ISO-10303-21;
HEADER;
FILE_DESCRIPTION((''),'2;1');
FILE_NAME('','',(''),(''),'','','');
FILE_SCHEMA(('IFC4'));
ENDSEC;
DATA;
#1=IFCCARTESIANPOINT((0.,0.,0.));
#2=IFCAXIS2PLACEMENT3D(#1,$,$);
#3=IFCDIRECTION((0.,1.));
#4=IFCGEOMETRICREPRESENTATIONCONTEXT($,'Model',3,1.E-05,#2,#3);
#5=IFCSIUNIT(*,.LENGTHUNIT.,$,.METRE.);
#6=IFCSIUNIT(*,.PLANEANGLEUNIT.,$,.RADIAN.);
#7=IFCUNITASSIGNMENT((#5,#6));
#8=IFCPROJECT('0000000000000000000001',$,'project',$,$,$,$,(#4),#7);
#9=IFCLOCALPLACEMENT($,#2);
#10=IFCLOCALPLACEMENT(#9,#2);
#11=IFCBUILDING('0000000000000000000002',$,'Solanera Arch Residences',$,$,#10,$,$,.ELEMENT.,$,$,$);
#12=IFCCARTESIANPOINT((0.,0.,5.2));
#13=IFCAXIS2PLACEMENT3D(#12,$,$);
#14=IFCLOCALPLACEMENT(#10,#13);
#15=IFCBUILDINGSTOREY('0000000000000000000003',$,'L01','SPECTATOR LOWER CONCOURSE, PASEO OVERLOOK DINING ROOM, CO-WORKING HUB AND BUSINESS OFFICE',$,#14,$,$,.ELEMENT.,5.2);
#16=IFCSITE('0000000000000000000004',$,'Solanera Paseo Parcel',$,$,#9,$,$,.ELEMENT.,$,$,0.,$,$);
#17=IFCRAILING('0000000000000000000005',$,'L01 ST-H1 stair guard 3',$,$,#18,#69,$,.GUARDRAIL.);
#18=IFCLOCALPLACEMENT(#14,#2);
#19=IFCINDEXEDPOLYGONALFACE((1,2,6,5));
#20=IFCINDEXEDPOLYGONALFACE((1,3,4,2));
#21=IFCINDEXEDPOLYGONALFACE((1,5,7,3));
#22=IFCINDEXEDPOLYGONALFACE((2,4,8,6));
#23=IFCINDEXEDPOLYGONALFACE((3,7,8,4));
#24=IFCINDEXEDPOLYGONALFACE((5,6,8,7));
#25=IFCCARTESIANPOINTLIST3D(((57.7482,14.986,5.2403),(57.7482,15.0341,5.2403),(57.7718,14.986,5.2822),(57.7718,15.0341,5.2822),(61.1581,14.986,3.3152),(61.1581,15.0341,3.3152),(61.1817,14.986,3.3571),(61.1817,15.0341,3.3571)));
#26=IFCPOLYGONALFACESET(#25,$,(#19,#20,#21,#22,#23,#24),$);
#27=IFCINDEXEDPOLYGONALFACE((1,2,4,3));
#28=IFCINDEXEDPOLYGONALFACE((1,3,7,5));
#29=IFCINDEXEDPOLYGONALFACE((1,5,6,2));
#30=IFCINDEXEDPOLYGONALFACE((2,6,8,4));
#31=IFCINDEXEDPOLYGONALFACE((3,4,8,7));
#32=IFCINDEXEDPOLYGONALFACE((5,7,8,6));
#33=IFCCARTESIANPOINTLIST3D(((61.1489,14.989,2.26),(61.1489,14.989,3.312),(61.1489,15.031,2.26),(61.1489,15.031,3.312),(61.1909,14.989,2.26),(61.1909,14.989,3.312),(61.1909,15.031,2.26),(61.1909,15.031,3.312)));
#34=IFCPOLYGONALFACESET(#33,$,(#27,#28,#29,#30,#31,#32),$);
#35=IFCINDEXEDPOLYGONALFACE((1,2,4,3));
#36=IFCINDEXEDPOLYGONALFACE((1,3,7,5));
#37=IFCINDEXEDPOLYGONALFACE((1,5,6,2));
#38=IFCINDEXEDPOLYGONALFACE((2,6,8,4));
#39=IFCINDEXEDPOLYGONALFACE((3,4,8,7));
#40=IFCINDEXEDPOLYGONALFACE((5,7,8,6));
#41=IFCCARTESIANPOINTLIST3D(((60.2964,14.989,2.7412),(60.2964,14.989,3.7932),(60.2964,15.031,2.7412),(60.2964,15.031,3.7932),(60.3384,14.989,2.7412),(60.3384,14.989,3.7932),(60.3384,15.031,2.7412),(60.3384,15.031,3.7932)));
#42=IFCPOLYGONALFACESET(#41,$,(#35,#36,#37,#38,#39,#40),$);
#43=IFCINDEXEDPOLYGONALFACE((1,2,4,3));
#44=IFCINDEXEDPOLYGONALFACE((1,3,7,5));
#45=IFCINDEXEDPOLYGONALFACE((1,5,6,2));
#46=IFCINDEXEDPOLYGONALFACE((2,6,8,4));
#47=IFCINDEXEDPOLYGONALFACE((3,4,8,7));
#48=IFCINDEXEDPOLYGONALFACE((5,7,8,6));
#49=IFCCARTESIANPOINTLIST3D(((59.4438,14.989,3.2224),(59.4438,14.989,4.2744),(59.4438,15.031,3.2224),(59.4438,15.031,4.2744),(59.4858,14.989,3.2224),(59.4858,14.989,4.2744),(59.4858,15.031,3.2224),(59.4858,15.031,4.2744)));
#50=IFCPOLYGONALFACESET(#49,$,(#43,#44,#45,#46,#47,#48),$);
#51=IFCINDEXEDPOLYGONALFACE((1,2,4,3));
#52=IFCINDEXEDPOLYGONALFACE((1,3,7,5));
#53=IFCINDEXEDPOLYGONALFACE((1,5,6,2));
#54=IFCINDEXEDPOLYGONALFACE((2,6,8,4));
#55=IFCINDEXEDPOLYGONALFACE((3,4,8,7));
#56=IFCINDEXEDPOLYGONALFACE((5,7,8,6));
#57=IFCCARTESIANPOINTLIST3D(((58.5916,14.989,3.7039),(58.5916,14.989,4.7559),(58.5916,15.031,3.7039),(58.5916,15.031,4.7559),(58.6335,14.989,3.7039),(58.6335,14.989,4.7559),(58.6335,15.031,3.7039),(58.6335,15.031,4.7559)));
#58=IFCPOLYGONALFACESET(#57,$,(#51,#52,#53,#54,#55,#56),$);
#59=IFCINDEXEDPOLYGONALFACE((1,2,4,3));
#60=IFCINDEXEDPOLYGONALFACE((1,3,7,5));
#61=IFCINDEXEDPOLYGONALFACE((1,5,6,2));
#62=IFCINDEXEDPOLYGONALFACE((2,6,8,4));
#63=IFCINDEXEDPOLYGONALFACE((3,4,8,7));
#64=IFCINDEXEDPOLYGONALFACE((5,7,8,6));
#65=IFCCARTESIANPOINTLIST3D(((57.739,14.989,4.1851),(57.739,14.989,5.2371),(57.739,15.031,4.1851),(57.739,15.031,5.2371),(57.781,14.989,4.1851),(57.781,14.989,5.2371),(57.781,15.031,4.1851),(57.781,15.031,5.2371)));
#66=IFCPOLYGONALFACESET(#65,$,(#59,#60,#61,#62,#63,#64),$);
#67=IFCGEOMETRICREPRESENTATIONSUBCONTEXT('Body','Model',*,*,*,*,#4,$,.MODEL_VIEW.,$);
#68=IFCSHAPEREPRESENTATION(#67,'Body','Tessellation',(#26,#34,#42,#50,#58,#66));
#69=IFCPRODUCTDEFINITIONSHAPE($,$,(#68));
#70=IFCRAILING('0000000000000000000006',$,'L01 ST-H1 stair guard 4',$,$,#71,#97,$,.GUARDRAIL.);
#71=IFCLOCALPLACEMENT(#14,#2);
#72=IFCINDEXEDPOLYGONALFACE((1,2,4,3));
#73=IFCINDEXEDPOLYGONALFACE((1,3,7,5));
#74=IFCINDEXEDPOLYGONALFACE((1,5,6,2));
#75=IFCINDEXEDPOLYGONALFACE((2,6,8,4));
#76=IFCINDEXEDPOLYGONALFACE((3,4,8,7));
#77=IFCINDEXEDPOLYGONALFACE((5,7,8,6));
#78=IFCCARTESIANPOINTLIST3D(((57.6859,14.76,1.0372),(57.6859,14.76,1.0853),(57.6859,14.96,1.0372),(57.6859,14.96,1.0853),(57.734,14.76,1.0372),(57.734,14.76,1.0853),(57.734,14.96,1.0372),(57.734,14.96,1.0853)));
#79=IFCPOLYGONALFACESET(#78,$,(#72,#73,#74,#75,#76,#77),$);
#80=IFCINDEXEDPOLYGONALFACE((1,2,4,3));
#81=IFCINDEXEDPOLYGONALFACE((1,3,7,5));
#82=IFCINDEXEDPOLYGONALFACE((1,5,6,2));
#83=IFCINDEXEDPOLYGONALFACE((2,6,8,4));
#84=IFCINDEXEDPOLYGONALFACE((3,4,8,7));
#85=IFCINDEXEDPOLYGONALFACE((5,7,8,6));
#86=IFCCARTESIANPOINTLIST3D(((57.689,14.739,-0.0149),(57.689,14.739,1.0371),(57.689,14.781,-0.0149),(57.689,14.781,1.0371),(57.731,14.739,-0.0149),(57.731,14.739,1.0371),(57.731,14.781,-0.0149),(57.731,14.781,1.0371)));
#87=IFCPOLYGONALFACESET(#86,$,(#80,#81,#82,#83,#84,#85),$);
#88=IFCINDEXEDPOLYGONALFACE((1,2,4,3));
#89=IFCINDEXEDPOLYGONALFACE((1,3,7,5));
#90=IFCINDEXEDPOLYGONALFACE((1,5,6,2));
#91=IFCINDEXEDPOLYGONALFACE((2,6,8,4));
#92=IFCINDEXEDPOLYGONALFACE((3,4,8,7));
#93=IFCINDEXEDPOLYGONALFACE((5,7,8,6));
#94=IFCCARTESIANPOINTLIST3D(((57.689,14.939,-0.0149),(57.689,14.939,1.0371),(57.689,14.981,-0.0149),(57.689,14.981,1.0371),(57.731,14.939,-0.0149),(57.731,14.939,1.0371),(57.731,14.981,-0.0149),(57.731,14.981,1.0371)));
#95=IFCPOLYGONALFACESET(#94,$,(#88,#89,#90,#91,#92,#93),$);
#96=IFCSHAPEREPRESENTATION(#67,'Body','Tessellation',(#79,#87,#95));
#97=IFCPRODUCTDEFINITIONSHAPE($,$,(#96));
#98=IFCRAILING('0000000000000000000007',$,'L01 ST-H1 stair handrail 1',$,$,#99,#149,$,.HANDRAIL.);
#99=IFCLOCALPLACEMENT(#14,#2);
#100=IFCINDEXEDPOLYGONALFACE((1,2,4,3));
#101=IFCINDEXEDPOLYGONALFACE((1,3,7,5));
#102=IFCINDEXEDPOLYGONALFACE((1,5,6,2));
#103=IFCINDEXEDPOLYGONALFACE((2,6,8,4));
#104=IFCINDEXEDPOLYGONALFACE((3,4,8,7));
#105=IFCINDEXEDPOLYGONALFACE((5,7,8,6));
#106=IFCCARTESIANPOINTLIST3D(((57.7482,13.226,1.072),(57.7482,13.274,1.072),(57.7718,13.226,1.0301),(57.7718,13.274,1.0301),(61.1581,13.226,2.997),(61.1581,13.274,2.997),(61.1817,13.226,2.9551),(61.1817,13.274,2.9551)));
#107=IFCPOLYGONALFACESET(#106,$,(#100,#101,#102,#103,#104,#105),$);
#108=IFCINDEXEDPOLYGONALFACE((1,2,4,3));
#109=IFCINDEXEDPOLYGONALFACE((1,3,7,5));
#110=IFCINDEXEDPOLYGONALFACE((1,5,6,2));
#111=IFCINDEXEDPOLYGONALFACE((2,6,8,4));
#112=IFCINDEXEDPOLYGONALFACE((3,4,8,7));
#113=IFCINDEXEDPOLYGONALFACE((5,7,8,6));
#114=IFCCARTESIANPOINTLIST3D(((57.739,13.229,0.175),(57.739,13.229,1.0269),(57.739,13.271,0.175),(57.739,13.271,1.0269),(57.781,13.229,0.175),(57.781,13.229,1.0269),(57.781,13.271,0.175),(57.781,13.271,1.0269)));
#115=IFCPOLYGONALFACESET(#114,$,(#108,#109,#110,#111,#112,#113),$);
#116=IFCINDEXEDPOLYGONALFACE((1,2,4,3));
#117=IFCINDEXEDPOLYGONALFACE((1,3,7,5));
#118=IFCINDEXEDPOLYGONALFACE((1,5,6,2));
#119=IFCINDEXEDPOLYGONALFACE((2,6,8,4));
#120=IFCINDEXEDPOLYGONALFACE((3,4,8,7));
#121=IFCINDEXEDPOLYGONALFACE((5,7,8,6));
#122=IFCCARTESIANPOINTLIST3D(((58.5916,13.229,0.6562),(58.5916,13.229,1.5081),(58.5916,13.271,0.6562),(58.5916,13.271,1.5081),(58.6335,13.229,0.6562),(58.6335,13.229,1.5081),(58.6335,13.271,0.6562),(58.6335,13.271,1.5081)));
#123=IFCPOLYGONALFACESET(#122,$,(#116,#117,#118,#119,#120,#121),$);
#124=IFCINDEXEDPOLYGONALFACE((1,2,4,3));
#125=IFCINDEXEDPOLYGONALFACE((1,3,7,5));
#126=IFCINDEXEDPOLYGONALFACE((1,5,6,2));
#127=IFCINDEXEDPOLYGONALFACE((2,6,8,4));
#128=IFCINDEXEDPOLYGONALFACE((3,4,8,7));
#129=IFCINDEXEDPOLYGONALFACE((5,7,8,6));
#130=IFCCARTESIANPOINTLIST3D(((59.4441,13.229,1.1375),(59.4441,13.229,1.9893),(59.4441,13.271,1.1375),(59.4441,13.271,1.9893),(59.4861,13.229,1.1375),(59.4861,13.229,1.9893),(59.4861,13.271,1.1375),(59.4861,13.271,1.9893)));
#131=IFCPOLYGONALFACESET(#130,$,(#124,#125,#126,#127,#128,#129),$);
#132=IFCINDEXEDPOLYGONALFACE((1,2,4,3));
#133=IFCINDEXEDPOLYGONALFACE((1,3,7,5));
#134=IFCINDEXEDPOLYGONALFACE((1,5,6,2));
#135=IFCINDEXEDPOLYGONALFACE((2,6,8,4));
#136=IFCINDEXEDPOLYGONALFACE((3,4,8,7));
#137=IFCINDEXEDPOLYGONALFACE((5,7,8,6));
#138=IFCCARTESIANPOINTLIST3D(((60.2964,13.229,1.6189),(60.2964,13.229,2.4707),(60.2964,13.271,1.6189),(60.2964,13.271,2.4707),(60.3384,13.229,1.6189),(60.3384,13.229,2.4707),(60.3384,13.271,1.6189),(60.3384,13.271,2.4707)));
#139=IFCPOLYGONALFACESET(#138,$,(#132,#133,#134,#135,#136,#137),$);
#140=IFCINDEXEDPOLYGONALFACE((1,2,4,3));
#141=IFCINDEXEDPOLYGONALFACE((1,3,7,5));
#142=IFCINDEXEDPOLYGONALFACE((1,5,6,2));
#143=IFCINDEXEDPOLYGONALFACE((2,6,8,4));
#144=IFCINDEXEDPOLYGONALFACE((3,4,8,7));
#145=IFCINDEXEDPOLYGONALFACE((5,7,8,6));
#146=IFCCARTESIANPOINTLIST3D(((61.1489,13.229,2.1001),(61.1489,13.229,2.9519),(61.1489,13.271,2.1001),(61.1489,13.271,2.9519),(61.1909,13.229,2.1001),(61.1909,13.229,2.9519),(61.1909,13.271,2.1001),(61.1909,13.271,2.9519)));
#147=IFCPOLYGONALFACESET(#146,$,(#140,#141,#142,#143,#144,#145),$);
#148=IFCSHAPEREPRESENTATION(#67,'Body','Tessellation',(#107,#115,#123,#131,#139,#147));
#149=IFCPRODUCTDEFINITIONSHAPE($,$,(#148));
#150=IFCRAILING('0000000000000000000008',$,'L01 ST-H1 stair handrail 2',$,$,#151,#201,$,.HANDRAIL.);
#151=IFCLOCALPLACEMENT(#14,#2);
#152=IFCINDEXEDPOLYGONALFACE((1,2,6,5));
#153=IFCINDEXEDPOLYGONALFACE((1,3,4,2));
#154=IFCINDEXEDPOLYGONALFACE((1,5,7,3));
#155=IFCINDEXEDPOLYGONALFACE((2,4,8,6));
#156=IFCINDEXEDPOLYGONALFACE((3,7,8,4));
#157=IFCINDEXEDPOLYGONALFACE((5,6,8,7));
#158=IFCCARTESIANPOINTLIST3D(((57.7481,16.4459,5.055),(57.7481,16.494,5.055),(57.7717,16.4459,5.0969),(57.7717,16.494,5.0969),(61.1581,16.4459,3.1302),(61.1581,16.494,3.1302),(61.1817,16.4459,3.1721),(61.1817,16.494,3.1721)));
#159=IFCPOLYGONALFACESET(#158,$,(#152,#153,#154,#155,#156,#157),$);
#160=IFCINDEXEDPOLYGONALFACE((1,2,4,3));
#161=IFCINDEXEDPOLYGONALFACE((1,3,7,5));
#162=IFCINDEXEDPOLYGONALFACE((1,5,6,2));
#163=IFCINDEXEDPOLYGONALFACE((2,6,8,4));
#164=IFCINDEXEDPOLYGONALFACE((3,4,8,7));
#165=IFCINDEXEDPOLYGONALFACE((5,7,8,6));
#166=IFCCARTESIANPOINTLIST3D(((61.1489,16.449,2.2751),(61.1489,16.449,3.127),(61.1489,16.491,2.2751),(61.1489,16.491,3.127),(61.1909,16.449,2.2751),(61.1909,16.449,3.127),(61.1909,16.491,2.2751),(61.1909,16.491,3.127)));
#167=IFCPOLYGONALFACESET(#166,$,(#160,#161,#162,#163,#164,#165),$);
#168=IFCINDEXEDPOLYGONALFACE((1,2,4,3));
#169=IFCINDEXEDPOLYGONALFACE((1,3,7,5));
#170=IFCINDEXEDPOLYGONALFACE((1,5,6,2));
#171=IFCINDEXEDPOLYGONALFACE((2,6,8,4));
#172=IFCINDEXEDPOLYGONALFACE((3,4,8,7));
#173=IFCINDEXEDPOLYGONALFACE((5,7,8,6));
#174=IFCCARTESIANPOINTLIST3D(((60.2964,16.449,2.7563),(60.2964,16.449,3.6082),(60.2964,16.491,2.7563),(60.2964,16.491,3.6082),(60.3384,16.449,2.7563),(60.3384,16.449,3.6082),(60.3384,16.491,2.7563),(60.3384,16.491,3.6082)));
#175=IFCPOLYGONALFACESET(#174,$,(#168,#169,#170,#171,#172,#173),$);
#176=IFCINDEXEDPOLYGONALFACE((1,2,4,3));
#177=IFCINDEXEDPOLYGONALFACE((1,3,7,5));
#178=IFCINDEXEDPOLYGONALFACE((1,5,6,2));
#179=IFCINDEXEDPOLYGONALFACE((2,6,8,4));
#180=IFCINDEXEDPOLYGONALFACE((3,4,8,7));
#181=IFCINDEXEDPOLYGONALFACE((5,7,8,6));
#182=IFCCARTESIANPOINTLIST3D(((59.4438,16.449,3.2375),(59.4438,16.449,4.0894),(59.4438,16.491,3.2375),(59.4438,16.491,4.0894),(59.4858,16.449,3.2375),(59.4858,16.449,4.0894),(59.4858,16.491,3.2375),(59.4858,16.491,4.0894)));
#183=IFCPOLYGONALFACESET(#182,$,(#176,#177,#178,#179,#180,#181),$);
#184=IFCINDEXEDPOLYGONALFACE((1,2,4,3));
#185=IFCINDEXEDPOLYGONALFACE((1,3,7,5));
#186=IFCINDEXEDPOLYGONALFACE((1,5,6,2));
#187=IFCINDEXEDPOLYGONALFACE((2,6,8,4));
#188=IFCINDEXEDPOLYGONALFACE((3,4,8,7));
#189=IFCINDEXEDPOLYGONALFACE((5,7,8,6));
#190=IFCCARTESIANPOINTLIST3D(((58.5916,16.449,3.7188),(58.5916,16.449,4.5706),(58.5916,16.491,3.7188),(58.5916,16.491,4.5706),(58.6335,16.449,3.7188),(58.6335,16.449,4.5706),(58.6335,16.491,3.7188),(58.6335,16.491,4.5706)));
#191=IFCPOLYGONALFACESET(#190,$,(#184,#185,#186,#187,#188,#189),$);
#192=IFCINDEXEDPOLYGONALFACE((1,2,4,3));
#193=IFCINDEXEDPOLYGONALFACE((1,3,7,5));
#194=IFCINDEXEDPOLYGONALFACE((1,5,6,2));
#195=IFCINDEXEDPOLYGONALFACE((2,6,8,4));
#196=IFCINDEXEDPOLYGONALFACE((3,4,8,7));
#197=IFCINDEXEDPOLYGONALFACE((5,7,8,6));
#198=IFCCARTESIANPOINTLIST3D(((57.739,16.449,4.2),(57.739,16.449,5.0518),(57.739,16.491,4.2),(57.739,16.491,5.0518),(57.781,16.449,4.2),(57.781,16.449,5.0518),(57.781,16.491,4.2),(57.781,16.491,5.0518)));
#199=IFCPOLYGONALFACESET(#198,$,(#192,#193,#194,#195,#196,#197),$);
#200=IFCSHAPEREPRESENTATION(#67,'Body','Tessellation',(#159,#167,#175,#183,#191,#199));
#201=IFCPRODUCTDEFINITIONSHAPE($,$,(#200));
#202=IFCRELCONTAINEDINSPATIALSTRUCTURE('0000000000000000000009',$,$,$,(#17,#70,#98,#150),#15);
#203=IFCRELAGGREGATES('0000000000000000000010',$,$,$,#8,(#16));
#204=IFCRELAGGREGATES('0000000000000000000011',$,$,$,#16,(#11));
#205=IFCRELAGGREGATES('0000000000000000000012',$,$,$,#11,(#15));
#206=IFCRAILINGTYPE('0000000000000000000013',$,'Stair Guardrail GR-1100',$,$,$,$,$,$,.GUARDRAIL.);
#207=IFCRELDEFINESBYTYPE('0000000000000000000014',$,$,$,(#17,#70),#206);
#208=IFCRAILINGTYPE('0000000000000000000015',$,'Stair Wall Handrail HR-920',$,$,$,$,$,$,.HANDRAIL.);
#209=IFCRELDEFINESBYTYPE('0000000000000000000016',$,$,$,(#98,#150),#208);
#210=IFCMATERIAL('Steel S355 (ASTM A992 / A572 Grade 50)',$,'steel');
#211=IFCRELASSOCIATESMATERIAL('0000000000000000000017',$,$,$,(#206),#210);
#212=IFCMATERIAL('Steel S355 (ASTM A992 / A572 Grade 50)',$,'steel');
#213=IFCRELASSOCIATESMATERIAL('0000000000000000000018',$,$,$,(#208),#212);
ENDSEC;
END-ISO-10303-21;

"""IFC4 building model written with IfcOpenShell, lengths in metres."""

from ifc_helpers import new_model, si_unit, direction, frame, origin, origin_2d, place, context, subcontext, project, spatial, rectangle, extrude, material, type_object, element, save


model = new_model("IFC4")

# Units and contexts
model_context = context("Model", 3, precision=1e-05, world=origin(), true_north=direction((0.0, 1.0)))
body_context = subcontext(model_context, "Body", "Model", "MODEL_VIEW")
ifc_project = project(units=[si_unit("LENGTHUNIT", "METRE"), si_unit("PLANEANGLEUNIT", "RADIAN")], contexts=[model_context])

# Site, building, storey
site_placement = place(None, origin())
site = spatial("IfcSite", under=ifc_project, at=site_placement, Name="Solanera Paseo Parcel", CompositionType="ELEMENT", RefElevation=0.0)
building_placement = place(site_placement, origin())
building = spatial("IfcBuilding", under=site, at=building_placement, Name="Solanera Arch Residences", CompositionType="ELEMENT")
storey_placement = place(building_placement, frame((0.0, 0.0, 5.2)))
storey = spatial("IfcBuildingStorey", under=building, at=storey_placement, Name="L01", Description="SPECTATOR LOWER CONCOURSE, PASEO OVERLOOK DINING ROOM, CO-WORKING HUB AND BUSINESS OFFICE", CompositionType="ELEMENT", Elevation=5.2)

# Railings
ifc_material_1 = material(Name="Steel S355 (ASTM A992 / A572 Grade 50)", Category="steel")
railing_type_1 = type_object("IfcRailingType", Name="Stair Guardrail GR-1100", PredefinedType="GUARDRAIL", material=ifc_material_1)
railing_1_placement = place(storey_placement, frame((61.1699, 15.01, 2.26)))
element("IfcRailing", 1, at=railing_1_placement, inside=storey, type_object=railing_type_1, Name="L01 ST-H1 stair guard 3", PredefinedType="GUARDRAIL", context=body_context, shape_type="SweptSolid", body=[
    extrude(rectangle(XDim=0.0481, YDim=0.0481, at=origin_2d()), frame((0.0, 0.0, 1.0762), z_axis=(-0.870814, 0.0, 0.491613), x_axis=(0.0, -1.0, 0.0)), (0.0, 0.0, 1.0), 3.9158),
    extrude(rectangle(XDim=0.042, YDim=0.042, at=origin_2d()), origin(), (0.0, 0.0, 1.0), 1.052),
    extrude(rectangle(XDim=0.042, YDim=0.042, at=origin_2d()), frame((-0.8525, 0.0, 0.4812)), (0.0, 0.0, 1.0), 1.052),
    extrude(rectangle(XDim=0.042, YDim=0.042, at=origin_2d()), frame((-1.7051, 0.0, 0.9624)), (0.0, 0.0, 1.0), 1.052),
    extrude(rectangle(XDim=0.042, YDim=0.042, at=origin_2d()), frame((-2.5574, 0.0, 1.4438)), (0.0, 0.0, 1.0), 1.052),
    extrude(rectangle(XDim=0.042, YDim=0.042, at=origin_2d()), frame((-3.4099, 0.0, 1.925)), (0.0, 0.0, 1.0), 1.052),
])
railing_2_placement = place(storey_placement, frame((57.71, 14.76, -0.0149)))
element("IfcRailing", 2, at=railing_2_placement, inside=storey, type_object=railing_type_1, Name="L01 ST-H1 stair guard 4", PredefinedType="GUARDRAIL", context=body_context, shape_type="SweptSolid", body=[
    extrude(rectangle(XDim=0.0481, YDim=0.0481, at=origin_2d()), frame((0.0, 0.0, 1.0762), z_axis=(0.0, 1.0, 0.0), x_axis=(-1.0, 0.0, 0.0)), (0.0, 0.0, 1.0), 0.2),
    extrude(rectangle(XDim=0.042, YDim=0.042, at=origin_2d()), origin(), (0.0, 0.0, 1.0), 1.052),
    extrude(rectangle(XDim=0.042, YDim=0.042, at=origin_2d()), frame((0.0, 0.2, 0.0)), (0.0, 0.0, 1.0), 1.052),
])
ifc_material_2 = material(Name="Steel S355 (ASTM A992 / A572 Grade 50)", Category="steel")
railing_type_2 = type_object("IfcRailingType", Name="Stair Wall Handrail HR-920", PredefinedType="HANDRAIL", material=ifc_material_2)
railing_3_placement = place(storey_placement, frame((57.76, 13.25, 0.175)))
element("IfcRailing", 3, at=railing_3_placement, inside=storey, type_object=railing_type_2, Name="L01 ST-H1 stair handrail 1", PredefinedType="HANDRAIL", context=body_context, shape_type="SweptSolid", body=[
    extrude(rectangle(XDim=0.0481, YDim=0.0481, at=origin_2d()), frame((0.0, 0.0, 0.876), z_axis=(0.870814, 0.0, 0.491613), x_axis=(0.0, 1.0, 0.0)), (0.0, 0.0, 1.0), 3.9158),
    extrude(rectangle(XDim=0.042, YDim=0.042, at=origin_2d()), origin(), (0.0, 0.0, 1.0), 0.8518),
    extrude(rectangle(XDim=0.042, YDim=0.042, at=origin_2d()), frame((0.8525, 0.0, 0.4812)), (0.0, 0.0, 1.0), 0.8518),
    extrude(rectangle(XDim=0.042, YDim=0.042, at=origin_2d()), frame((1.7051, 0.0, 0.9624)), (0.0, 0.0, 1.0), 0.8518),
    extrude(rectangle(XDim=0.042, YDim=0.042, at=origin_2d()), frame((2.5574, 0.0, 1.4438)), (0.0, 0.0, 1.0), 0.8518),
    extrude(rectangle(XDim=0.042, YDim=0.042, at=origin_2d()), frame((3.4099, 0.0, 1.925)), (0.0, 0.0, 1.0), 0.8518),
])
railing_4_placement = place(storey_placement, frame((61.1699, 16.47, 2.2751)))
element("IfcRailing", 4, at=railing_4_placement, inside=storey, type_object=railing_type_2, Name="L01 ST-H1 stair handrail 2", PredefinedType="HANDRAIL", context=body_context, shape_type="SweptSolid", body=[
    extrude(rectangle(XDim=0.0481, YDim=0.0481, at=origin_2d()), frame((0.0, 0.0, 0.876), z_axis=(-0.87084, 0.0, 0.491566), x_axis=(0.0, -1.0, 0.0)), (0.0, 0.0, 1.0), 3.9158),
    extrude(rectangle(XDim=0.042, YDim=0.042, at=origin_2d()), origin(), (0.0, 0.0, 1.0), 0.8518),
    extrude(rectangle(XDim=0.042, YDim=0.042, at=origin_2d()), frame((-0.8525, 0.0, 0.4812)), (0.0, 0.0, 1.0), 0.8518),
    extrude(rectangle(XDim=0.042, YDim=0.042, at=origin_2d()), frame((-1.7051, 0.0, 0.9624)), (0.0, 0.0, 1.0), 0.8518),
    extrude(rectangle(XDim=0.042, YDim=0.042, at=origin_2d()), frame((-2.5574, 0.0, 1.4436)), (0.0, 0.0, 1.0), 0.8518),
    extrude(rectangle(XDim=0.042, YDim=0.042, at=origin_2d()), frame((-3.4099, 0.0, 1.9248)), (0.0, 0.0, 1.0), 0.8518),
])

save(model, "model.ifc")
